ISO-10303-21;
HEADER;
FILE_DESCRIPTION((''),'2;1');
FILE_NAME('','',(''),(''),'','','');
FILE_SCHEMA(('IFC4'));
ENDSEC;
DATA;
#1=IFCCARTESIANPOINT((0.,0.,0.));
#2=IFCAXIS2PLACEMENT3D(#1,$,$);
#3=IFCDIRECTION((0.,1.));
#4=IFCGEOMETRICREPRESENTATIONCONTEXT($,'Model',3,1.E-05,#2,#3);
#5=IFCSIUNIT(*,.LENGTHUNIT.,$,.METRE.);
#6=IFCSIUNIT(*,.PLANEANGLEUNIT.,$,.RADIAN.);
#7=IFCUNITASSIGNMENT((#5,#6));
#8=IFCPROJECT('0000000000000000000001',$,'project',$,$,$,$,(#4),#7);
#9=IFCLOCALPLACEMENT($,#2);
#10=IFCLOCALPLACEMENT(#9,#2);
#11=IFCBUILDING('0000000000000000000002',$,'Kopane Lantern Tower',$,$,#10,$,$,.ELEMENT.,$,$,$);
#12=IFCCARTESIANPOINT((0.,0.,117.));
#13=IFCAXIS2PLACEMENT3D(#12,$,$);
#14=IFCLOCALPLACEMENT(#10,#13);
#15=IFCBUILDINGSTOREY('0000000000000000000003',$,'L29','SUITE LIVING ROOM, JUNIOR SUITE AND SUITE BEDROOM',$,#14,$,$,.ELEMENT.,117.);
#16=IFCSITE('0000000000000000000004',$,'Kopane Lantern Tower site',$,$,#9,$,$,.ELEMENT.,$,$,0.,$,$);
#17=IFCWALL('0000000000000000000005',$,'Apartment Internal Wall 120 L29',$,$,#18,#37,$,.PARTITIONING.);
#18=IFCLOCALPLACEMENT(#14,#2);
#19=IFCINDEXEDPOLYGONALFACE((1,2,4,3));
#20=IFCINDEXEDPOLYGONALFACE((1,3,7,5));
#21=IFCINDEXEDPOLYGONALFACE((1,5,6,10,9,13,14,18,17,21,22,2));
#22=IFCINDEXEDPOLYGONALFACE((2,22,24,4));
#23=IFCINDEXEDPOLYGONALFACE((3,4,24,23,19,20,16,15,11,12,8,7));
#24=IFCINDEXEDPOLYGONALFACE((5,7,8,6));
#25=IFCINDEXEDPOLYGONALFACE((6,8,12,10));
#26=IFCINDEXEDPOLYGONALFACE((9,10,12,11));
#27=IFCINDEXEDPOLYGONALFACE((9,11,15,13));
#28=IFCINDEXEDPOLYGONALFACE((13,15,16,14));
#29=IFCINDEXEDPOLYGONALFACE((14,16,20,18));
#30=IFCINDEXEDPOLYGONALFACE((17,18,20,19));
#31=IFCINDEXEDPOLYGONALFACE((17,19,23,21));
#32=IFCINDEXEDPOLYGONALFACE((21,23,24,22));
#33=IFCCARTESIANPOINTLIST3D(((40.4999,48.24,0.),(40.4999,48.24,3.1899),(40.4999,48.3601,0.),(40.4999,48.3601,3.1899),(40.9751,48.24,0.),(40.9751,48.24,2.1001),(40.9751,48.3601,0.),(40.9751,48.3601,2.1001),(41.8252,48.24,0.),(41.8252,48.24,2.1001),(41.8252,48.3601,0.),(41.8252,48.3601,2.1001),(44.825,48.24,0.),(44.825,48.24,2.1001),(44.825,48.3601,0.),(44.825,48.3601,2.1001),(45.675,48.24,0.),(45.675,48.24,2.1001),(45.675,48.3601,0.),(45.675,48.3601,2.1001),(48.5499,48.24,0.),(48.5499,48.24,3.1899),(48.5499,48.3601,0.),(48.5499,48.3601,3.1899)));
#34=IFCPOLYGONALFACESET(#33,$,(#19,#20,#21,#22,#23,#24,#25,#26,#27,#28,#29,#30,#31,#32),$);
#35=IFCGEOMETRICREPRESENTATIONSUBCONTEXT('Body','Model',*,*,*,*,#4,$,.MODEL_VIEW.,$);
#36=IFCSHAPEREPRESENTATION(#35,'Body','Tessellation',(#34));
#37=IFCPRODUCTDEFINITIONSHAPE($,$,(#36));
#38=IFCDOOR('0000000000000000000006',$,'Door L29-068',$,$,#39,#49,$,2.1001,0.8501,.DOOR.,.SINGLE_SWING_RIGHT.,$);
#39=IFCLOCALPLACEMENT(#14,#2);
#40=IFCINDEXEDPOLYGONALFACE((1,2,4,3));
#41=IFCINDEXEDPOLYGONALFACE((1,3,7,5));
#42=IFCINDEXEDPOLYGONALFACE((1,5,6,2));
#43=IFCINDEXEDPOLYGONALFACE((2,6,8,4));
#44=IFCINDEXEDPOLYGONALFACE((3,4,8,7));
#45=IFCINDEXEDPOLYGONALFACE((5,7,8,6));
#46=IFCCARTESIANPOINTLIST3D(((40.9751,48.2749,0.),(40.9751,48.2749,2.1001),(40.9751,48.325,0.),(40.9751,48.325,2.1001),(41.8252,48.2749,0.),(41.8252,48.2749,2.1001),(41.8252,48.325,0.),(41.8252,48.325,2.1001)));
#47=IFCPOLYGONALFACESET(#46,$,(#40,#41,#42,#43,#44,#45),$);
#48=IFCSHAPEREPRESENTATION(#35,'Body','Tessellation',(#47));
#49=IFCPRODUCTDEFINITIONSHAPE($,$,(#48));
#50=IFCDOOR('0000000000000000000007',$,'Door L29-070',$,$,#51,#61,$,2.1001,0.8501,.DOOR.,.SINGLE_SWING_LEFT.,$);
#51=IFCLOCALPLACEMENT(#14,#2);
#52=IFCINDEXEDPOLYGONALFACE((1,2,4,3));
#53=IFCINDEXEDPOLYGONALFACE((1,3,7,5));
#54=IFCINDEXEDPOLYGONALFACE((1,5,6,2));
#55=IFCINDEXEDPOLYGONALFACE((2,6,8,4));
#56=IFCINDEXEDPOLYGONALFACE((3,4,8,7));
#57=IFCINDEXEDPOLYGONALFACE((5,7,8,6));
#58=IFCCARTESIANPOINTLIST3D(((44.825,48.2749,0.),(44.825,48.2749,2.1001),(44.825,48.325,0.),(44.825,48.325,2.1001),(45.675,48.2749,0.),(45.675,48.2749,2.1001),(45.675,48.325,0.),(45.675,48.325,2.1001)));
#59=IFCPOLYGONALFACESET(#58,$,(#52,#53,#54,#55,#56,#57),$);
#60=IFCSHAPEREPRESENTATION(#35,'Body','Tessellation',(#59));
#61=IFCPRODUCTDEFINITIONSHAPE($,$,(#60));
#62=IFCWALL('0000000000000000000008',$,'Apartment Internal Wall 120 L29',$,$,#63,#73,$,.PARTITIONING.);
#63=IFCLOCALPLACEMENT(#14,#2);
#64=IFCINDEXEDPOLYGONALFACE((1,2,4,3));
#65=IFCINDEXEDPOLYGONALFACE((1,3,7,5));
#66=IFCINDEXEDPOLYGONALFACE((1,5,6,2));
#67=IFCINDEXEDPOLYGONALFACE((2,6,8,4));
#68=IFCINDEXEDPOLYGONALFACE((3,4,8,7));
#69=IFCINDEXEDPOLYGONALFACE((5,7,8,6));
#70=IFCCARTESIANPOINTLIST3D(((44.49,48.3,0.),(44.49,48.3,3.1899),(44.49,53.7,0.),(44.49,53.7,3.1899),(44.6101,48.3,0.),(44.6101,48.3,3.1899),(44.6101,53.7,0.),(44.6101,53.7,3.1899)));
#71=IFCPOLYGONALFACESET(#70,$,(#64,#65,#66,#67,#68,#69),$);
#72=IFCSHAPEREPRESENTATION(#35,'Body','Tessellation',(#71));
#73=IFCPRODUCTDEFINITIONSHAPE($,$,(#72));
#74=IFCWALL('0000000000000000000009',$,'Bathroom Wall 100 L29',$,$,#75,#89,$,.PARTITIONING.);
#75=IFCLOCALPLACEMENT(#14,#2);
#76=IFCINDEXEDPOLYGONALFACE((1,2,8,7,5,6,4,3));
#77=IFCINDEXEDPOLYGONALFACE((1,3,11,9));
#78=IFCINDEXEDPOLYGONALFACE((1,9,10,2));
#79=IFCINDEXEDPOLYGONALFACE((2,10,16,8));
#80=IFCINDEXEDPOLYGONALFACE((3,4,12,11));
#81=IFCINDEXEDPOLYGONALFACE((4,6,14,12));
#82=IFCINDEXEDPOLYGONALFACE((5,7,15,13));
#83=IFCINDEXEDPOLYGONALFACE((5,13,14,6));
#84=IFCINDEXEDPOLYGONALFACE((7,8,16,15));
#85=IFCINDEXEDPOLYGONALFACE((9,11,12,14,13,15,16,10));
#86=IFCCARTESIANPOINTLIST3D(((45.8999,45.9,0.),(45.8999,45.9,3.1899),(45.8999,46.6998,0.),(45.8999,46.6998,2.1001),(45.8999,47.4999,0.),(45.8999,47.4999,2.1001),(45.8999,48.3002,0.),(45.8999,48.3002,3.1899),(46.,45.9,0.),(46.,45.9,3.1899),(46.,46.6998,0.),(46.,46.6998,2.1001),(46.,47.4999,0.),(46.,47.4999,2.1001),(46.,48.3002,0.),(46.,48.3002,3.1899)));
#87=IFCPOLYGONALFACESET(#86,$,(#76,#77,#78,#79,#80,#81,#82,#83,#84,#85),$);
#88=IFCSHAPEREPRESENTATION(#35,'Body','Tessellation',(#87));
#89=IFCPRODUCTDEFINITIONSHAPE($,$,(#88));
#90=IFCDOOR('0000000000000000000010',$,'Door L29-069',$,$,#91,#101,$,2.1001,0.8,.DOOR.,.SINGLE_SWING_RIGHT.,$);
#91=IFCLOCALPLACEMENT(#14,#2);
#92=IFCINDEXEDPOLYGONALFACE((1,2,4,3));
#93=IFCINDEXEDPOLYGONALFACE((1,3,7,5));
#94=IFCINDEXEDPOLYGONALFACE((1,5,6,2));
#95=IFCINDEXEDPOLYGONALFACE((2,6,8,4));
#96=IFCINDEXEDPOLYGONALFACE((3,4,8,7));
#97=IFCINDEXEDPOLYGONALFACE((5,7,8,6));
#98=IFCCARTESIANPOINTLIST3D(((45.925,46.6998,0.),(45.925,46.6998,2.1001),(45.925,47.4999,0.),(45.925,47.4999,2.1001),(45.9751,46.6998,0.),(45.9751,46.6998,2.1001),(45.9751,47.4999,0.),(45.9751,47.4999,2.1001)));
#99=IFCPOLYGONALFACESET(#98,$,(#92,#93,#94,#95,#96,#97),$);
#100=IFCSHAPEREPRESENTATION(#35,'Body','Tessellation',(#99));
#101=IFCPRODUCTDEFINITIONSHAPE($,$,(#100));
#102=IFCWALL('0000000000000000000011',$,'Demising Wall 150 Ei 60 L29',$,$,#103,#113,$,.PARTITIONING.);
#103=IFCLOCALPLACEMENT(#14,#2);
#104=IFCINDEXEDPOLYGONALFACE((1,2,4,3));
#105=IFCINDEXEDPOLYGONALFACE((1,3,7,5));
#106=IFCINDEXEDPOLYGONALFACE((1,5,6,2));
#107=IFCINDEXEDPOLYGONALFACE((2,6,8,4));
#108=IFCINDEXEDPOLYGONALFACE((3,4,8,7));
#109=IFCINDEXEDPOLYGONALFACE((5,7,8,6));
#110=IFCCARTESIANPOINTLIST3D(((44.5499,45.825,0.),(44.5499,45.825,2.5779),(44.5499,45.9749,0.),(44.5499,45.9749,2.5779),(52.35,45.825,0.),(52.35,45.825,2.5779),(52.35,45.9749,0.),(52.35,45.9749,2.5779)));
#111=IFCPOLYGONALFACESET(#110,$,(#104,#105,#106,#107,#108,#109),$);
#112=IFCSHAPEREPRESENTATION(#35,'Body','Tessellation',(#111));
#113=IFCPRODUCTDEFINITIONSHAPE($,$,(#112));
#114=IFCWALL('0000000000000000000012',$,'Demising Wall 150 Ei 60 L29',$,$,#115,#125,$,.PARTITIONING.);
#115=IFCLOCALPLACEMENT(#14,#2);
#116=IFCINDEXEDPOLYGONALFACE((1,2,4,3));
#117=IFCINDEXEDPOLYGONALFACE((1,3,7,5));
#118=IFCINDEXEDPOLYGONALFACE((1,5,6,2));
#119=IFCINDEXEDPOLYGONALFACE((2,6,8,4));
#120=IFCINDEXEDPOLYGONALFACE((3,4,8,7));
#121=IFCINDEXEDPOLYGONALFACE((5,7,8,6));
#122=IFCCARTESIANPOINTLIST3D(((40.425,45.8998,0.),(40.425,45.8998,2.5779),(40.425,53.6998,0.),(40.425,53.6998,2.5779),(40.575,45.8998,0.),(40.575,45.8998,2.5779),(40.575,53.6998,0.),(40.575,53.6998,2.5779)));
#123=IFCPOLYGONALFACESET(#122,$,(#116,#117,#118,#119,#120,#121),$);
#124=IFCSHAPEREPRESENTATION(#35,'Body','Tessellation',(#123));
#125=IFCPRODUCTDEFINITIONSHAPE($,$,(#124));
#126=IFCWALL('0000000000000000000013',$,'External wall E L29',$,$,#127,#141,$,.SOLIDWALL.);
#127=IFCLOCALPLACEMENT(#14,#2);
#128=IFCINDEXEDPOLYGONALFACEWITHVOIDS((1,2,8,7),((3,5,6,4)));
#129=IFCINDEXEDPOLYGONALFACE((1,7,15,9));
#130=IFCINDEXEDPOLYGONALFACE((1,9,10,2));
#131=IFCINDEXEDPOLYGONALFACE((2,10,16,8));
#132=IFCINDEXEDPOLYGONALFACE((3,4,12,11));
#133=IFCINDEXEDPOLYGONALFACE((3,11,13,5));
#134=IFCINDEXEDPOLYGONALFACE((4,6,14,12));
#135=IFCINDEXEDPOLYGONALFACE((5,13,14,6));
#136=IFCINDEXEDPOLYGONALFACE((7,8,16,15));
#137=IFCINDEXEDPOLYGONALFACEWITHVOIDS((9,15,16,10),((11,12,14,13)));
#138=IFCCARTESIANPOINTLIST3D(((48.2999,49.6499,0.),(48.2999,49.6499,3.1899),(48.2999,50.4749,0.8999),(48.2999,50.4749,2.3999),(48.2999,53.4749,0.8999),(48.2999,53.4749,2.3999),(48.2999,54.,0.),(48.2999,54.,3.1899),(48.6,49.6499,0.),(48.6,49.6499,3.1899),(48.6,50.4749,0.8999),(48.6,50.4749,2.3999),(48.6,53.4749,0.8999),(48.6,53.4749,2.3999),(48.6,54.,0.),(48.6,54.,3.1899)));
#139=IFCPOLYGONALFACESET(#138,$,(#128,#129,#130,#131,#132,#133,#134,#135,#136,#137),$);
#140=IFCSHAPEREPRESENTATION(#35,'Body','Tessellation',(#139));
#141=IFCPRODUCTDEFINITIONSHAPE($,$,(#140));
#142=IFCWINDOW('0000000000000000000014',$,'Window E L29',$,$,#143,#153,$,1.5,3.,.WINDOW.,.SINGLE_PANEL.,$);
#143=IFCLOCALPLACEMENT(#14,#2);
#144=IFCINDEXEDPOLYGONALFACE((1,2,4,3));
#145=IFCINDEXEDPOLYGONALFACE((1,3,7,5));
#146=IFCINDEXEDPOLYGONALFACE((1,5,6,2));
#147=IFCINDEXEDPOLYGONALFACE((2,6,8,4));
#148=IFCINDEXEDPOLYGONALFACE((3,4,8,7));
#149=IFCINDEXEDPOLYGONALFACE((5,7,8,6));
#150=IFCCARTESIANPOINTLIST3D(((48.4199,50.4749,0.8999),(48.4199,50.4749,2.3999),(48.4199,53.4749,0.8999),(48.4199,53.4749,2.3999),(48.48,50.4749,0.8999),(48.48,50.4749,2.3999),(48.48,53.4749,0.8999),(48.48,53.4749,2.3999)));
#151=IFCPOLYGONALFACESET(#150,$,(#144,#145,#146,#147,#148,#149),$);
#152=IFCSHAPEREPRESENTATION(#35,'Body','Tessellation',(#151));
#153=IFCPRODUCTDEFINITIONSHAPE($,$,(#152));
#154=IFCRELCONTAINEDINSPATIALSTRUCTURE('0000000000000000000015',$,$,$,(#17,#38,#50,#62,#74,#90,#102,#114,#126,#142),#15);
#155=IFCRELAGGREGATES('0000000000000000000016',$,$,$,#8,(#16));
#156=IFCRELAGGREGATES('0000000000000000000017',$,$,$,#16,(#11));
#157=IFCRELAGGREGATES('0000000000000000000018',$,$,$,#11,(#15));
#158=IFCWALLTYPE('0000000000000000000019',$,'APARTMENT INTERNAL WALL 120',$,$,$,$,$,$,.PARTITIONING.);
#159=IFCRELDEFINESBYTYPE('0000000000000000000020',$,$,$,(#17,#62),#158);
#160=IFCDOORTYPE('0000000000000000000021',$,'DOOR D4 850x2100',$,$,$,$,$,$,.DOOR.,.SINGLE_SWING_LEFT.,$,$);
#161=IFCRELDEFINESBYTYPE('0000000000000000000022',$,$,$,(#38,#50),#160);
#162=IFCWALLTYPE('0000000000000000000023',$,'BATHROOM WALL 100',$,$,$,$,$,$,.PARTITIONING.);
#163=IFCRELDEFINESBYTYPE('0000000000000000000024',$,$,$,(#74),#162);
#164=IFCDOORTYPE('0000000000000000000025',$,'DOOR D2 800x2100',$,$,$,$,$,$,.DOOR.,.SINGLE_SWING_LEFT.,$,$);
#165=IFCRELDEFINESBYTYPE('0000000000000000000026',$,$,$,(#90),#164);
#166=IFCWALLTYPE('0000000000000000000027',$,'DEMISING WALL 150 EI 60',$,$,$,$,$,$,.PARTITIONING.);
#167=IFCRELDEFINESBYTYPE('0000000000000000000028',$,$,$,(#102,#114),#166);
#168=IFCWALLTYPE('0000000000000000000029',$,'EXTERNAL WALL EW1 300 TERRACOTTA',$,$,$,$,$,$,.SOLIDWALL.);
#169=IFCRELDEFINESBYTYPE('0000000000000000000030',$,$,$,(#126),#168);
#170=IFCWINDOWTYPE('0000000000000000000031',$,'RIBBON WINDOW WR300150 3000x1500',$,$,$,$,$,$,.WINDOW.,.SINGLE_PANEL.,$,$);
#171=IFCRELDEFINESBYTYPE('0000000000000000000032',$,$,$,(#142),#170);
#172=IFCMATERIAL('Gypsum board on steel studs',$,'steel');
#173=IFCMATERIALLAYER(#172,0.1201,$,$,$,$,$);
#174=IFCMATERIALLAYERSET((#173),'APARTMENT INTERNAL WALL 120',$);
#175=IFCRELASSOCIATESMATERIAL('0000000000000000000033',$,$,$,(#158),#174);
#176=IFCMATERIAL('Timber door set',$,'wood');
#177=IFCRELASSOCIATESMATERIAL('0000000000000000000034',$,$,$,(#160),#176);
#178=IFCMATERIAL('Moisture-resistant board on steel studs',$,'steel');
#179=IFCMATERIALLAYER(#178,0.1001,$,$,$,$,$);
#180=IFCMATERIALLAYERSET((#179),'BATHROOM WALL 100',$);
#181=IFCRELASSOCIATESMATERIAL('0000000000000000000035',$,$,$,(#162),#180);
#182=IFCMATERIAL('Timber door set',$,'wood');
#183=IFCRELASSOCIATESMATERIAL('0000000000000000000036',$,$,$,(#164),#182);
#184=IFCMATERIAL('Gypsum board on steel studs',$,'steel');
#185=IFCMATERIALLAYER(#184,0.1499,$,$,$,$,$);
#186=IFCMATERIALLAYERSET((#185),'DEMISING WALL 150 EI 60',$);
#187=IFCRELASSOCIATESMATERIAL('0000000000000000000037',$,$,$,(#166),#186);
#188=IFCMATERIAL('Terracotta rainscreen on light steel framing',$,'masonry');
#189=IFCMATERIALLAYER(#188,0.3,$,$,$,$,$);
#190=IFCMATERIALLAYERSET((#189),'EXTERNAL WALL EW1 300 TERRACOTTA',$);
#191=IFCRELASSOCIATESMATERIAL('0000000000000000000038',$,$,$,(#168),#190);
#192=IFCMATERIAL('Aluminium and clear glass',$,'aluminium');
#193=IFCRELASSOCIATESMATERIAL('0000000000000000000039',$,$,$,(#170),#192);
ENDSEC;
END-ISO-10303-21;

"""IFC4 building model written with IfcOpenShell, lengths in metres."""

from ifc_helpers import new_model, si_unit, direction, frame, frame_2d, origin, place, context, subcontext, project, spatial, rectangle, extrude, material, layer, layer_set, type_object, element, fill, save


model = new_model("IFC4")

# Units and contexts
model_context = context("Model", 3, precision=1e-05, world=origin(), true_north=direction((0.0, 1.0)))
body_context = subcontext(model_context, "Body", "Model", "MODEL_VIEW")
ifc_project = project(units=[si_unit("LENGTHUNIT", "METRE"), si_unit("PLANEANGLEUNIT", "RADIAN")], contexts=[model_context])

# Site, building, storey
site_placement = place(None, origin())
site = spatial("IfcSite", under=ifc_project, at=site_placement, Name="Kopane Lantern Tower site", CompositionType="ELEMENT", RefElevation=0.0)
building_placement = place(site_placement, origin())
building = spatial("IfcBuilding", under=site, at=building_placement, Name="Kopane Lantern Tower", CompositionType="ELEMENT")
storey_placement = place(building_placement, frame((0.0, 0.0, 117.0)))
storey = spatial("IfcBuildingStorey", under=building, at=storey_placement, Name="L29", Description="SUITE LIVING ROOM, JUNIOR SUITE AND SUITE BEDROOM", CompositionType="ELEMENT", Elevation=117.0)

# Wall, openings, doors
ifc_material_1 = material(Name="Gypsum board on steel studs", Category="steel")
ifc_layer_1 = layer(ifc_material_1, 0.1201)
ifc_layer_set_1 = layer_set([ifc_layer_1], Name="APARTMENT INTERNAL WALL 120")
wall_type_1 = type_object("IfcWallType", Name="APARTMENT INTERNAL WALL 120", PredefinedType="PARTITIONING", material=ifc_layer_set_1)
wall_1_placement = place(storey_placement, frame((40.5, 48.3, 0.0), z_axis=(0.0, 0.0, 1.0), x_axis=(1.0, 0.0, 0.0)))
wall_1 = element("IfcWall", 1, at=wall_1_placement, inside=storey, type_object=wall_type_1, Name="Apartment Internal Wall 120 L29", PredefinedType="PARTITIONING", context=body_context, shape_type="SweptSolid", body=[
    extrude(rectangle(XDim=8.05, YDim=0.1201, at=frame_2d((4.0249, 0.0))), origin(), (0.0, 0.0, 1.0), 3.1899),
])
opening_1_placement = place(wall_1_placement, frame((0.4751, 0.0, 0.0)))
opening_1 = element("IfcOpeningElement", 2, at=opening_1_placement, cuts=wall_1, PredefinedType="OPENING", context=body_context, shape_type="SweptSolid", body=[
    extrude(rectangle(XDim=0.8501, YDim=2.1001, at=frame_2d((0.425, 1.05))), frame((0.0, 0.0701, 0.0), z_axis=(0.0, -1.0, 0.0), x_axis=(1.0, 0.0, 0.0)), (0.0, 0.0, 1.0), 0.1401),
])
opening_2_placement = place(wall_1_placement, frame((4.325, 0.0, 0.0)))
opening_2 = element("IfcOpeningElement", 3, at=opening_2_placement, cuts=wall_1, PredefinedType="OPENING", context=body_context, shape_type="SweptSolid", body=[
    extrude(rectangle(XDim=0.8501, YDim=2.1001, at=frame_2d((0.425, 1.05))), frame((0.0, 0.0701, 0.0), z_axis=(0.0, -1.0, 0.0), x_axis=(1.0, 0.0, 0.0)), (0.0, 0.0, 1.0), 0.1401),
])
ifc_material_2 = material(Name="Timber door set", Category="wood")
door_type_1 = type_object("IfcDoorType", Name="DOOR D4 850x2100", OperationType="SINGLE_SWING_LEFT", PredefinedType="DOOR", material=ifc_material_2)
door_1_placement = place(opening_1_placement, origin())
door_1 = element("IfcDoor", 4, at=door_1_placement, inside=storey, type_object=door_type_1, Name="Door L29-068", OperationType="SINGLE_SWING_RIGHT", OverallHeight=2.1001, OverallWidth=0.8501, PredefinedType="DOOR", context=body_context, shape_type="SweptSolid", body=[
    extrude(rectangle(XDim=0.8501, YDim=2.1001, at=frame_2d((0.425, 1.05))), frame((0.0, 0.0249, 0.0), z_axis=(0.0, -1.0, 0.0), x_axis=(1.0, 0.0, 0.0)), (0.0, 0.0, 1.0), 0.05),
])
fill(opening_1, door_1)
door_2_placement = place(opening_2_placement, origin())
door_2 = element("IfcDoor", 5, at=door_2_placement, inside=storey, type_object=door_type_1, Name="Door L29-070", OperationType="SINGLE_SWING_LEFT", OverallHeight=2.1001, OverallWidth=0.8501, PredefinedType="DOOR", context=body_context, shape_type="SweptSolid", body=[
    extrude(rectangle(XDim=0.8501, YDim=2.1001, at=frame_2d((0.425, 1.05))), frame((0.0, 0.0249, 0.0), z_axis=(0.0, -1.0, 0.0), x_axis=(1.0, 0.0, 0.0)), (0.0, 0.0, 1.0), 0.05),
])
fill(opening_2, door_2)

# Wall
wall_2_placement = place(storey_placement, frame((44.55, 48.3, 0.0), z_axis=(0.0, 0.0, 1.0), x_axis=(0.0, 1.0, 0.0)))
element("IfcWall", 6, at=wall_2_placement, inside=storey, type_object=wall_type_1, Name="Apartment Internal Wall 120 L29", PredefinedType="PARTITIONING", context=body_context, shape_type="SweptSolid", body=[
    extrude(rectangle(XDim=5.3999, YDim=0.1201, at=frame_2d((2.7, 0.0))), origin(), (0.0, 0.0, 1.0), 3.1899),
])

# Wall, opening, door
ifc_material_3 = material(Name="Moisture-resistant board on steel studs", Category="steel")
ifc_layer_2 = layer(ifc_material_3, 0.1001)
ifc_layer_set_2 = layer_set([ifc_layer_2], Name="BATHROOM WALL 100")
wall_type_2 = type_object("IfcWallType", Name="BATHROOM WALL 100", PredefinedType="PARTITIONING", material=ifc_layer_set_2)
wall_3_placement = place(storey_placement, frame((45.95, 45.8999, 0.0), z_axis=(0.0, 0.0, 1.0), x_axis=(0.0, 1.0, 0.0)))
wall_3 = element("IfcWall", 7, at=wall_3_placement, inside=storey, type_object=wall_type_2, Name="Bathroom Wall 100 L29", PredefinedType="PARTITIONING", context=body_context, shape_type="SweptSolid", body=[
    extrude(rectangle(XDim=2.4001, YDim=0.1001, at=frame_2d((1.2002, 0.0))), origin(), (0.0, 0.0, 1.0), 3.1899),
])
opening_3_placement = place(wall_3_placement, frame((0.8, 0.0, 0.0)))
opening_3 = element("IfcOpeningElement", 8, at=opening_3_placement, cuts=wall_3, PredefinedType="OPENING", context=body_context, shape_type="SweptSolid", body=[
    extrude(rectangle(XDim=0.8, YDim=2.1001, at=frame_2d((0.3999, 1.05))), frame((0.0, 0.0601, 0.0), z_axis=(0.0, -1.0, 0.0), x_axis=(1.0, 0.0, 0.0)), (0.0, 0.0, 1.0), 0.1201),
])
ifc_material_4 = material(Name="Timber door set", Category="wood")
door_type_2 = type_object("IfcDoorType", Name="DOOR D2 800x2100", OperationType="SINGLE_SWING_LEFT", PredefinedType="DOOR", material=ifc_material_4)
door_3_placement = place(opening_3_placement, origin())
door_3 = element("IfcDoor", 9, at=door_3_placement, inside=storey, type_object=door_type_2, Name="Door L29-069", OperationType="SINGLE_SWING_RIGHT", OverallHeight=2.1001, OverallWidth=0.8, PredefinedType="DOOR", context=body_context, shape_type="SweptSolid", body=[
    extrude(rectangle(XDim=0.8, YDim=2.1001, at=frame_2d((0.3999, 1.05))), frame((0.0, 0.0249, 0.0), z_axis=(0.0, -1.0, 0.0), x_axis=(1.0, 0.0, 0.0)), (0.0, 0.0, 1.0), 0.05),
])
fill(opening_3, door_3)

# Walls
ifc_material_5 = material(Name="Gypsum board on steel studs", Category="steel")
ifc_layer_3 = layer(ifc_material_5, 0.1499)
ifc_layer_set_3 = layer_set([ifc_layer_3], Name="DEMISING WALL 150 EI 60")
wall_type_3 = type_object("IfcWallType", Name="DEMISING WALL 150 EI 60", PredefinedType="PARTITIONING", material=ifc_layer_set_3)
for number, where, z_axis, x_axis, name in (
    (10, (44.55, 45.8999, 0.0), (0.0, 0.0, 1.0), (1.0, 0.0, 0.0), "Demising Wall 150 Ei 60 L29"),
    (11, (40.5, 45.8999, 0.0), (0.0, 0.0, 1.0), (0.0, 1.0, 0.0), "Demising Wall 150 Ei 60 L29"),
):
    element("IfcWall", number, at=place(storey_placement, frame(where, z_axis=z_axis, x_axis=x_axis)), inside=storey, type_object=wall_type_3, Name=name, PredefinedType="PARTITIONING", context=body_context, shape_type="SweptSolid", body=[
        extrude(rectangle(XDim=7.8, YDim=0.1499, at=frame_2d((3.8999, 0.0))), origin(), (0.0, 0.0, 1.0), 2.5779),
    ])

# Wall, opening, window
ifc_material_6 = material(Name="Terracotta rainscreen on light steel framing", Category="masonry")
ifc_layer_4 = layer(ifc_material_6, 0.3)
ifc_layer_set_4 = layer_set([ifc_layer_4], Name="EXTERNAL WALL EW1 300 TERRACOTTA")
wall_type_4 = type_object("IfcWallType", Name="EXTERNAL WALL EW1 300 TERRACOTTA", PredefinedType="SOLIDWALL", material=ifc_layer_set_4)
wall_4_placement = place(storey_placement, frame((48.45, 49.6499, 0.0), z_axis=(0.0, 0.0, 1.0), x_axis=(0.0, 1.0, 0.0)))
wall_4 = element("IfcWall", 12, at=wall_4_placement, inside=storey, type_object=wall_type_4, Name="External wall E L29", PredefinedType="SOLIDWALL", context=body_context, shape_type="SweptSolid", body=[
    extrude(rectangle(XDim=4.3501, YDim=0.3, at=frame_2d((2.175, 0.0))), origin(), (0.0, 0.0, 1.0), 3.1899),
])
opening_4_placement = place(wall_4_placement, frame((0.825, 0.0, 0.8999)))
opening_4 = element("IfcOpeningElement", 13, at=opening_4_placement, cuts=wall_4, PredefinedType="OPENING", context=body_context, shape_type="SweptSolid", body=[
    extrude(rectangle(XDim=3.0, YDim=1.5, at=frame_2d((1.5, 0.75))), frame((0.0, 0.1599, 0.0), z_axis=(0.0, -1.0, 0.0), x_axis=(1.0, 0.0, 0.0)), (0.0, 0.0, 1.0), 0.3201),
])
ifc_material_7 = material(Name="Aluminium and clear glass", Category="aluminium")
window_type_1 = type_object("IfcWindowType", Name="RIBBON WINDOW WR300150 3000x1500", PartitioningType="SINGLE_PANEL", PredefinedType="WINDOW", material=ifc_material_7)
window_1_placement = place(opening_4_placement, origin())
window_1 = element("IfcWindow", 14, at=window_1_placement, inside=storey, type_object=window_type_1, Name="Window E L29", OverallHeight=1.5, OverallWidth=3.0, PartitioningType="SINGLE_PANEL", PredefinedType="WINDOW", context=body_context, shape_type="SweptSolid", body=[
    extrude(rectangle(XDim=3.0, YDim=1.5, at=frame_2d((1.5, 0.75))), frame((0.0, 0.03, 0.0), z_axis=(0.0, -1.0, 0.0), x_axis=(1.0, 0.0, 0.0)), (0.0, 0.0, 1.0), 0.0601),
])
fill(opening_4, window_1)

save(model, "model.ifc")
